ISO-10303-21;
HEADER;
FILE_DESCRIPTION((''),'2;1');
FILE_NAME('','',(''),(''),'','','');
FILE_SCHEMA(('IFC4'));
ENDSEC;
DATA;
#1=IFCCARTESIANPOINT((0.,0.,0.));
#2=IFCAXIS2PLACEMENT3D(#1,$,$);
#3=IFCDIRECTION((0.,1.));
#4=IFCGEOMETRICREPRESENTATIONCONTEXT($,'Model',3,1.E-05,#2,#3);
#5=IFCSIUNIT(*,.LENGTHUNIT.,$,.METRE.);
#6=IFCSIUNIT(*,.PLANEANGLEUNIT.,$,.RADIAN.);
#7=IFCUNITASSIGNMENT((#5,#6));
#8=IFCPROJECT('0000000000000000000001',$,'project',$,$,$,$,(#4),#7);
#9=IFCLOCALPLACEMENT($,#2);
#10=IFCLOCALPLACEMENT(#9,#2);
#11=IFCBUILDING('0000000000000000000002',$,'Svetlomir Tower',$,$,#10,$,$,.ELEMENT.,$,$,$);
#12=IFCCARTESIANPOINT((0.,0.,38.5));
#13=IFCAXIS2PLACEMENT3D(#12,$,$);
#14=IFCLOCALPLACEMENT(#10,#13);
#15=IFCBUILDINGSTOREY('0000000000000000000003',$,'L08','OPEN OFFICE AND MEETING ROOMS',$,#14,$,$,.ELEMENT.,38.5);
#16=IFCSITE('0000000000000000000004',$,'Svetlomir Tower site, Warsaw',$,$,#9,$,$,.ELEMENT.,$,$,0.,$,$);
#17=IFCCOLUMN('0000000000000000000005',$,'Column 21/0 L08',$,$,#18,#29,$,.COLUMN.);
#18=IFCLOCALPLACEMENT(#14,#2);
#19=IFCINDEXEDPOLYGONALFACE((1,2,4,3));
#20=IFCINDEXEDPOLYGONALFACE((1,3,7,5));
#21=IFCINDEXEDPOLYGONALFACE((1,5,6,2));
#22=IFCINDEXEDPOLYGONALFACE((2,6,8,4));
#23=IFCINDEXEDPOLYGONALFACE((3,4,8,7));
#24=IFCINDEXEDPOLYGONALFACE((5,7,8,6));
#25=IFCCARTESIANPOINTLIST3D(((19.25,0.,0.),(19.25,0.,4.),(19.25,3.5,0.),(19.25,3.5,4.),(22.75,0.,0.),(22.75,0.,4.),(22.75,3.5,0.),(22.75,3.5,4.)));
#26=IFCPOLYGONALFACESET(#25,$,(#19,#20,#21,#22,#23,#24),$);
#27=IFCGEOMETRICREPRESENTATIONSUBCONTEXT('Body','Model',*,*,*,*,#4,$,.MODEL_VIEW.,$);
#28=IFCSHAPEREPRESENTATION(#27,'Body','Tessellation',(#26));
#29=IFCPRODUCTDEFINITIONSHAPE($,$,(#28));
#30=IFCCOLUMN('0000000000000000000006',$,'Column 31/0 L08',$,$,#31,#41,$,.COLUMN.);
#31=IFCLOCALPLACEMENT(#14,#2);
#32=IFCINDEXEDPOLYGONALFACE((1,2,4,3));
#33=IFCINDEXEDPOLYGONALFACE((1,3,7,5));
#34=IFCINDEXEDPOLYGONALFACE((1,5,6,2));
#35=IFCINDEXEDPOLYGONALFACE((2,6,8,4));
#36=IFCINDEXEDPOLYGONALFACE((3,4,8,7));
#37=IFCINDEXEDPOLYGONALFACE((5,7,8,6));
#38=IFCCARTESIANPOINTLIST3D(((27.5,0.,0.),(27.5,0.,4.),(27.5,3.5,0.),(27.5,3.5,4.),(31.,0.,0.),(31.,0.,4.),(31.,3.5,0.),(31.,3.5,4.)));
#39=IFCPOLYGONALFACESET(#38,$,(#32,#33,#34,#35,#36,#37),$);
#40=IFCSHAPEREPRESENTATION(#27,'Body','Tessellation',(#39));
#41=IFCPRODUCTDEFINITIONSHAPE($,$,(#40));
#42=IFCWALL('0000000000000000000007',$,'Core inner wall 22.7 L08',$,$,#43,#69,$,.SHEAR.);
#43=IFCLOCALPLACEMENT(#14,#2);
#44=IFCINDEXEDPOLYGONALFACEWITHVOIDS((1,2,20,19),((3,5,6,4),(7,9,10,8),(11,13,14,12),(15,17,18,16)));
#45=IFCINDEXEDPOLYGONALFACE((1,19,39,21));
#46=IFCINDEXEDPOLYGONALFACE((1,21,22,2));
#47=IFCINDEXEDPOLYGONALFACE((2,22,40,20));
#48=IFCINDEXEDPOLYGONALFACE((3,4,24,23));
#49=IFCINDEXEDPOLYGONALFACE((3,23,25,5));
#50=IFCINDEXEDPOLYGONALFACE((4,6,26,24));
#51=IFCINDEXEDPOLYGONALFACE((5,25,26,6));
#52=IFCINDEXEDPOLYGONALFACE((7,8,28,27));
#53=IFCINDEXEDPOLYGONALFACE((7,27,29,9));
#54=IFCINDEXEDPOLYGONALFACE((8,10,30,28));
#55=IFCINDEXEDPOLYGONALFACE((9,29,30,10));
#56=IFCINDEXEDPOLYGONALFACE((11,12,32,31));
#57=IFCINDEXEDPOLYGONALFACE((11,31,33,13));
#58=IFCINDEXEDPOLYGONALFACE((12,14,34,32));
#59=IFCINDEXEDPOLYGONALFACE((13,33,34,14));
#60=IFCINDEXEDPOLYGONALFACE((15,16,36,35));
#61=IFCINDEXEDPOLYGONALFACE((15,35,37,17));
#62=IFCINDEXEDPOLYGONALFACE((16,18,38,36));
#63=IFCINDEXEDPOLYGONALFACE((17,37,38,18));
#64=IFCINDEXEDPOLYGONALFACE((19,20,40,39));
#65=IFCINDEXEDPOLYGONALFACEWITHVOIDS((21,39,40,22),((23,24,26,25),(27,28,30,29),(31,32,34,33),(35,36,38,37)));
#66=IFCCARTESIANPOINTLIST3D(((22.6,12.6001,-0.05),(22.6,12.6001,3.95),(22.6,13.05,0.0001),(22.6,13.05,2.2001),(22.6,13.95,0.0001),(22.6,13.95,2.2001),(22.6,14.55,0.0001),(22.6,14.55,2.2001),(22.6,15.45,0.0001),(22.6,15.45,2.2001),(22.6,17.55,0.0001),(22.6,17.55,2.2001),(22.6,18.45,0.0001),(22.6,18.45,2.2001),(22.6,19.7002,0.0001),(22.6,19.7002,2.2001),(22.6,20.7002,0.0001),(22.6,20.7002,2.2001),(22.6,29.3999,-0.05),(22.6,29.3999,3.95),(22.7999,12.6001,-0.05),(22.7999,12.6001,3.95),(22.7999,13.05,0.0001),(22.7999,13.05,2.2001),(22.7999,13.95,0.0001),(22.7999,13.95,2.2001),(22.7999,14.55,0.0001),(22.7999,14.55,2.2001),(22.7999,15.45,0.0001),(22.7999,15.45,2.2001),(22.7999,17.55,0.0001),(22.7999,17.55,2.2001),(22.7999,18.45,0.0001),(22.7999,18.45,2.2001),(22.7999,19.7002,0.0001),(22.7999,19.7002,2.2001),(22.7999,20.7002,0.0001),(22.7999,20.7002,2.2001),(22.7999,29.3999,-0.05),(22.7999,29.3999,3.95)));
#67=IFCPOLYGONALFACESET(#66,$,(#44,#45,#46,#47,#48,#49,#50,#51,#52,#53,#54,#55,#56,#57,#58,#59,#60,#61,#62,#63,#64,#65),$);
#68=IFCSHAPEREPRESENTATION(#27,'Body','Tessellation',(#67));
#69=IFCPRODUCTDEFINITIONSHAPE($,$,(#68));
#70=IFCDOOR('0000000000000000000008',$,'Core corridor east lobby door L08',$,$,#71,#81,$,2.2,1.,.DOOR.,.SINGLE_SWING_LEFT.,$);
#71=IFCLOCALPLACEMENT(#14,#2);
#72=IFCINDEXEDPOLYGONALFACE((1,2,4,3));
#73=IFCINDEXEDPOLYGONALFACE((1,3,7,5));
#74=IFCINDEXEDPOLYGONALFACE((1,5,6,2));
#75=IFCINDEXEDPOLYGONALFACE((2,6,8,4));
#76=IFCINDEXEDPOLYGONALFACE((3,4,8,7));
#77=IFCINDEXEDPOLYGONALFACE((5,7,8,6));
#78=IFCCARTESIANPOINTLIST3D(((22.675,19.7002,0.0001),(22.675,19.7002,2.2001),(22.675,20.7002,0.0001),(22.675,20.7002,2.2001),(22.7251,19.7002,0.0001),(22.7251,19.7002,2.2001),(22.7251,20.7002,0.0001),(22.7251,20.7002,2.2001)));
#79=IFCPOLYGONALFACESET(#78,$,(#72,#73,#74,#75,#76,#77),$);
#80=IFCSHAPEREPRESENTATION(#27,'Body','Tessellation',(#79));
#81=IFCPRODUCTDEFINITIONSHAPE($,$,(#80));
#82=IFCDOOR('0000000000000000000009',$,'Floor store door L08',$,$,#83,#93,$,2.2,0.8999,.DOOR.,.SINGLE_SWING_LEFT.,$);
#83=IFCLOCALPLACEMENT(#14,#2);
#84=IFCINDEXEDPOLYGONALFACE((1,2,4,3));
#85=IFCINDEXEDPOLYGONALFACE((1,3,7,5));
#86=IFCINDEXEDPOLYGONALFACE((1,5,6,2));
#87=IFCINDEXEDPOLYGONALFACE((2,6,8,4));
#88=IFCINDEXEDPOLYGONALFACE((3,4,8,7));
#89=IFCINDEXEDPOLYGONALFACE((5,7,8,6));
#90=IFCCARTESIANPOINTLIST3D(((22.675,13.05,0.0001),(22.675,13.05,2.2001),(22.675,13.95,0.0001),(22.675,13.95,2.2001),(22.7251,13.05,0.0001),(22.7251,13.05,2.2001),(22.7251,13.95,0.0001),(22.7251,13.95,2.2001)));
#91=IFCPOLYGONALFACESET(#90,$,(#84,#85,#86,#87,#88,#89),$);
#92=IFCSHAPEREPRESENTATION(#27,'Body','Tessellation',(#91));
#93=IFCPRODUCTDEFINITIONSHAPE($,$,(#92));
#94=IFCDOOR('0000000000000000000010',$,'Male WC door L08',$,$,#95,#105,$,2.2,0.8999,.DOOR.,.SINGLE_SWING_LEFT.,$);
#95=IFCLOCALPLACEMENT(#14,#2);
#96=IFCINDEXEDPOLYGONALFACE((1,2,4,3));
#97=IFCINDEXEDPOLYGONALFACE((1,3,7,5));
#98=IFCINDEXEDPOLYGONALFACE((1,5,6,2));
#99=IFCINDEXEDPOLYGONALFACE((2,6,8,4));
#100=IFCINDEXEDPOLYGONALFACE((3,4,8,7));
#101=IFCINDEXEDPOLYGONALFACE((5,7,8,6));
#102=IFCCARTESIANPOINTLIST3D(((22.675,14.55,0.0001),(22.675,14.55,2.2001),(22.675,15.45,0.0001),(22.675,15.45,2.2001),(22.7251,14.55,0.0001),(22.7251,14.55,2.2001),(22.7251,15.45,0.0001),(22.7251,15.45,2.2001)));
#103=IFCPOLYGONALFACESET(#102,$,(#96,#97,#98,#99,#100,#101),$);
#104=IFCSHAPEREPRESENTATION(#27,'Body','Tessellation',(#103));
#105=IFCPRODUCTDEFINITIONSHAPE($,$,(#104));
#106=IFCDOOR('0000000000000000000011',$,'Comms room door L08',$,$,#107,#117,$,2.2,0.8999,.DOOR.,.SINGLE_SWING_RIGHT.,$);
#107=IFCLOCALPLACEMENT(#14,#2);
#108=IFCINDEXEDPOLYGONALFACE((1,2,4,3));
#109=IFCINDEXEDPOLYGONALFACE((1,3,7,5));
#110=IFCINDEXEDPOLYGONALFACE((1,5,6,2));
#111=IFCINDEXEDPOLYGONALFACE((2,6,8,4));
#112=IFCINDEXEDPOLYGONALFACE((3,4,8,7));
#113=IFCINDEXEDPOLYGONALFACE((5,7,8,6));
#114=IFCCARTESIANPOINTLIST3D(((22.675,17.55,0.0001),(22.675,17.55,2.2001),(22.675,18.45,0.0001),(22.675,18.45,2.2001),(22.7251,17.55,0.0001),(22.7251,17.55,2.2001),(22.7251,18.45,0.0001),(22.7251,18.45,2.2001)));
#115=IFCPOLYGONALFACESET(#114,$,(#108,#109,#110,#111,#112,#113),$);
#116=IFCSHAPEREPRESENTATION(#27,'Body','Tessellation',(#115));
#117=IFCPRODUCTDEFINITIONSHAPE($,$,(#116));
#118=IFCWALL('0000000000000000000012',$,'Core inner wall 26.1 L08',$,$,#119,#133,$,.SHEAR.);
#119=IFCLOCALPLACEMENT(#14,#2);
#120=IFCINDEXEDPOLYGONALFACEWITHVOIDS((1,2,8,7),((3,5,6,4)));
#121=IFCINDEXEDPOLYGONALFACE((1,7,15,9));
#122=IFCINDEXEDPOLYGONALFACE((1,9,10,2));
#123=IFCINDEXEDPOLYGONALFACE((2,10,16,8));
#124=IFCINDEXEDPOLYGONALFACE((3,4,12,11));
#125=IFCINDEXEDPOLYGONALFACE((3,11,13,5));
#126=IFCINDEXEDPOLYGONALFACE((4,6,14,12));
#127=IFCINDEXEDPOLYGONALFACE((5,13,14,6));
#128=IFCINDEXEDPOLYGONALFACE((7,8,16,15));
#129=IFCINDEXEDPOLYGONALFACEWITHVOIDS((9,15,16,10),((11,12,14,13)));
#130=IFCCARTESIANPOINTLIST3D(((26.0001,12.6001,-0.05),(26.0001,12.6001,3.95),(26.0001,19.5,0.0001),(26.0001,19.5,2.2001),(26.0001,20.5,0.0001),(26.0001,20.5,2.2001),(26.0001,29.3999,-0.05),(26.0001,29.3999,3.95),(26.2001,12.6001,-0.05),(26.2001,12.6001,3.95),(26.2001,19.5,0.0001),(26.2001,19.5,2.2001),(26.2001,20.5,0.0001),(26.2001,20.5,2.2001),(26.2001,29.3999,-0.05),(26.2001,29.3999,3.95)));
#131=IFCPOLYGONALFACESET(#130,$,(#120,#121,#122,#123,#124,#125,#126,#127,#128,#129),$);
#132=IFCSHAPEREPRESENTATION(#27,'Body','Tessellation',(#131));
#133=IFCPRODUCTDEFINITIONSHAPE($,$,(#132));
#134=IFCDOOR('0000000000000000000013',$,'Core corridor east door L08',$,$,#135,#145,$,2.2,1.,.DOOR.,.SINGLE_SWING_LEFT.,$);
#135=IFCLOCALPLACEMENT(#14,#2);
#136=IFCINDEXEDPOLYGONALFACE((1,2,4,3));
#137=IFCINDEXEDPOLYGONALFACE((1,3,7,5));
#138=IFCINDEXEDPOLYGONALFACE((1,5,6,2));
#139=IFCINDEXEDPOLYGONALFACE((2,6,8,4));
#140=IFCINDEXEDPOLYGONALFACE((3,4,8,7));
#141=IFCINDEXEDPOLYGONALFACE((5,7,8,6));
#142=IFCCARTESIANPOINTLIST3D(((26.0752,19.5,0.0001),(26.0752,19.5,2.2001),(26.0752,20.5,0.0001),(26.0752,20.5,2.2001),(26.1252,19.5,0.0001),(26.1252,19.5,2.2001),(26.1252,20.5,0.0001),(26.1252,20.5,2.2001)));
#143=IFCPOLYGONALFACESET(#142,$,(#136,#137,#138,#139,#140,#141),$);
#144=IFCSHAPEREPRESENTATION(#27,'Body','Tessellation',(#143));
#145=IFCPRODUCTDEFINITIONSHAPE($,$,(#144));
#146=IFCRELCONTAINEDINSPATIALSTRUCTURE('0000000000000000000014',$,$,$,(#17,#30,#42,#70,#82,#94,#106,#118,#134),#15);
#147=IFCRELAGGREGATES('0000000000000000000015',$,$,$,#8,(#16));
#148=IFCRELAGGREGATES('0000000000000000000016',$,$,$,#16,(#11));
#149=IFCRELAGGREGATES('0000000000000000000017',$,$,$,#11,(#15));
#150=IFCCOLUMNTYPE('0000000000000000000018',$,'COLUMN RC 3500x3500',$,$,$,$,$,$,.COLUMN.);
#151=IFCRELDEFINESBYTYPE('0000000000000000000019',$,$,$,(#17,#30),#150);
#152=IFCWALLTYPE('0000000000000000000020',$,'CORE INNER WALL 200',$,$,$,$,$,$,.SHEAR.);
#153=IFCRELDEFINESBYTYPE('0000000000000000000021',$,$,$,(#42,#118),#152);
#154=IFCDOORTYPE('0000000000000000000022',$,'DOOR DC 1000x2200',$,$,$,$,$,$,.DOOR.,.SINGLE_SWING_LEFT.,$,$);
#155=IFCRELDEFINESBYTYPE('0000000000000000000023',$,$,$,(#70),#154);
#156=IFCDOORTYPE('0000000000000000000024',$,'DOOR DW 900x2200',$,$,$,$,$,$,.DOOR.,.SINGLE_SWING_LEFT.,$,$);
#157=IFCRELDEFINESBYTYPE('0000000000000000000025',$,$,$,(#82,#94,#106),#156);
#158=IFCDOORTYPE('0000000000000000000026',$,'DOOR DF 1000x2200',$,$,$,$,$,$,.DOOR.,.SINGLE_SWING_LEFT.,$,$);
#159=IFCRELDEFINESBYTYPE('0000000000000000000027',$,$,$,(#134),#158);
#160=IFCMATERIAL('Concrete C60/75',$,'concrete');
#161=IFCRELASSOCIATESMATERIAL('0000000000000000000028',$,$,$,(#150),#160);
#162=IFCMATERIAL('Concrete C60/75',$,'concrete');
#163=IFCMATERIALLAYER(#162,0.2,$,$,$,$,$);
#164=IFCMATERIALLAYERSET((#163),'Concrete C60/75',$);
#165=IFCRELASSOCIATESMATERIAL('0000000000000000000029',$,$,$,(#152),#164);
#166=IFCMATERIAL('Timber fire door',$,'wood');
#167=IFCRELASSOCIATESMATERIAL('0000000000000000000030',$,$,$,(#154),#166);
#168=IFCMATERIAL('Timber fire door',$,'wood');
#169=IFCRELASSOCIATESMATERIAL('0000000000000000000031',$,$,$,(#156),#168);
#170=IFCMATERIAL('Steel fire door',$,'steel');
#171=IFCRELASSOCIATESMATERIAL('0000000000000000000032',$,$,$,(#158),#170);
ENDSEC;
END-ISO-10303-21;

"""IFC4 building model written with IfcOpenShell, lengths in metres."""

from ifc_helpers import new_model, si_unit, direction, frame, frame_2d, origin, origin_2d, place, context, subcontext, project, spatial, rectangle, extrude, material, layer, layer_set, material_profile, profile_set, type_object, element, fill, save


model = new_model("IFC4")

# Units and contexts
model_context = context("Model", 3, precision=1e-05, world=origin(), true_north=direction((0.0, 1.0)))
body_context = subcontext(model_context, "Body", "Model", "MODEL_VIEW")
ifc_project = project(units=[si_unit("LENGTHUNIT", "METRE"), si_unit("PLANEANGLEUNIT", "RADIAN")], contexts=[model_context])

# Site, building, storey
site_placement = place(None, origin())
site = spatial("IfcSite", under=ifc_project, at=site_placement, Name="Svetlomir Tower site, Warsaw", CompositionType="ELEMENT", RefElevation=0.0)
building_placement = place(site_placement, origin())
building = spatial("IfcBuilding", under=site, at=building_placement, Name="Svetlomir Tower", CompositionType="ELEMENT")
storey_placement = place(building_placement, frame((0.0, 0.0, 38.5)))
storey = spatial("IfcBuildingStorey", under=building, at=storey_placement, Name="L08", Description="OPEN OFFICE AND MEETING ROOMS", CompositionType="ELEMENT", Elevation=38.5)

# Columns
ifc_material_1 = material(Name="Concrete C60/75", Category="concrete")
ifc_material_profile = material_profile(ifc_material_1, rectangle(XDim=3.5, YDim=3.5, at=origin_2d()), Name="RC 3500x3500")
ifc_profile_set = profile_set([ifc_material_profile], Name="Concrete C60/75")
column_type = type_object("IfcColumnType", Name="COLUMN RC 3500x3500", PredefinedType="COLUMN", material=ifc_profile_set)
for number, where, z_axis, x_axis, name in (
    (1, (21.0, 1.75, 0.0), (0.0, 0.0, 1.0), (1.0, 0.0, 0.0), "Column 21/0 L08"),
    (2, (29.25, 1.75, 0.0), (0.0, 0.0, 1.0), (1.0, 0.0, 0.0), "Column 31/0 L08"),
):
    element("IfcColumn", number, at=place(storey_placement, frame(where, z_axis=z_axis, x_axis=x_axis)), inside=storey, type_object=column_type, Name=name, PredefinedType="COLUMN", context=body_context, shape_type="SweptSolid", body=[
        extrude(rectangle(XDim=3.5, YDim=3.5, at=origin_2d()), origin(), (0.0, 0.0, 1.0), 4.0),
    ])

# Wall, openings, doors
ifc_material_2 = material(Name="Concrete C60/75", Category="concrete")
ifc_layer_1 = layer(ifc_material_2, 0.2)
ifc_layer_set_1 = layer_set([ifc_layer_1], Name="Concrete C60/75")
wall_type_1 = type_object("IfcWallType", Name="CORE INNER WALL 200", PredefinedType="SHEAR", material=ifc_layer_set_1)
wall_1_placement = place(storey_placement, frame((22.7, 12.6001, -0.05), z_axis=(0.0, 0.0, 1.0), x_axis=(0.0, 1.0, 0.0)))
wall_1 = element("IfcWall", 3, at=wall_1_placement, inside=storey, type_object=wall_type_1, Name="Core inner wall 22.7 L08", PredefinedType="SHEAR", context=body_context, shape_type="SweptSolid", body=[
    extrude(rectangle(XDim=16.7998, YDim=0.2, at=frame_2d((8.3999, 0.0))), origin(), (0.0, 0.0, 1.0), 4.0),
])
opening_1_placement = place(wall_1_placement, frame((0.45, 0.0, 0.05)))
opening_1 = element("IfcOpeningElement", 4, at=opening_1_placement, cuts=wall_1, PredefinedType="OPENING", context=body_context, shape_type="SweptSolid", body=[
    extrude(rectangle(XDim=0.8999, YDim=2.2, at=frame_2d((0.45, 1.1001))), frame((0.0, 0.1099, 0.0), z_axis=(0.0, -1.0, 0.0), x_axis=(1.0, 0.0, 0.0)), (0.0, 0.0, 1.0), 0.22),
])
opening_2_placement = place(wall_1_placement, frame((7.1001, 0.0, 0.05)))
opening_2 = element("IfcOpeningElement", 5, at=opening_2_placement, cuts=wall_1, PredefinedType="OPENING", context=body_context, shape_type="SweptSolid", body=[
    extrude(rectangle(XDim=1.0, YDim=2.2, at=frame_2d((0.5, 1.1001))), frame((0.0, 0.1099, 0.0), z_axis=(0.0, -1.0, 0.0), x_axis=(1.0, 0.0, 0.0)), (0.0, 0.0, 1.0), 0.22),
])
opening_3_placement = place(wall_1_placement, frame((1.95, 0.0, 0.05)))
opening_3 = element("IfcOpeningElement", 6, at=opening_3_placement, cuts=wall_1, PredefinedType="OPENING", context=body_context, shape_type="SweptSolid", body=[
    extrude(rectangle(XDim=0.8999, YDim=2.2, at=frame_2d((0.45, 1.1001))), frame((0.0, 0.1099, 0.0), z_axis=(0.0, -1.0, 0.0), x_axis=(1.0, 0.0, 0.0)), (0.0, 0.0, 1.0), 0.22),
])
opening_4_placement = place(wall_1_placement, frame((4.95, 0.0, 0.05)))
opening_4 = element("IfcOpeningElement", 7, at=opening_4_placement, cuts=wall_1, PredefinedType="OPENING", context=body_context, shape_type="SweptSolid", body=[
    extrude(rectangle(XDim=0.8999, YDim=2.2, at=frame_2d((0.45, 1.1001))), frame((0.0, 0.1099, 0.0), z_axis=(0.0, -1.0, 0.0), x_axis=(1.0, 0.0, 0.0)), (0.0, 0.0, 1.0), 0.22),
])
ifc_material_3 = material(Name="Timber fire door", Category="wood")
door_type_1 = type_object("IfcDoorType", Name="DOOR DC 1000x2200", OperationType="SINGLE_SWING_LEFT", PredefinedType="DOOR", material=ifc_material_3)
door_1_placement = place(opening_2_placement, origin())
door_1 = element("IfcDoor", 8, at=door_1_placement, inside=storey, type_object=door_type_1, Name="Core corridor east lobby door L08", OperationType="SINGLE_SWING_LEFT", OverallHeight=2.2, OverallWidth=1.0, PredefinedType="DOOR", context=body_context, shape_type="SweptSolid", body=[
    extrude(rectangle(XDim=1.0, YDim=2.2, at=frame_2d((0.5, 1.1001))), frame((0.0, 0.0249, 0.0), z_axis=(0.0, -1.0, 0.0), x_axis=(1.0, 0.0, 0.0)), (0.0, 0.0, 1.0), 0.05),
])
fill(opening_2, door_1)
ifc_material_4 = material(Name="Timber fire door", Category="wood")
door_type_2 = type_object("IfcDoorType", Name="DOOR DW 900x2200", OperationType="SINGLE_SWING_LEFT", PredefinedType="DOOR", material=ifc_material_4)
door_2_placement = place(opening_1_placement, origin())
door_2 = element("IfcDoor", 9, at=door_2_placement, inside=storey, type_object=door_type_2, Name="Floor store door L08", OperationType="SINGLE_SWING_LEFT", OverallHeight=2.2, OverallWidth=0.8999, PredefinedType="DOOR", context=body_context, shape_type="SweptSolid", body=[
    extrude(rectangle(XDim=0.8999, YDim=2.2, at=frame_2d((0.45, 1.1001))), frame((0.0, 0.0249, 0.0), z_axis=(0.0, -1.0, 0.0), x_axis=(1.0, 0.0, 0.0)), (0.0, 0.0, 1.0), 0.05),
])
fill(opening_1, door_2)
door_3_placement = place(opening_3_placement, origin())
door_3 = element("IfcDoor", 10, at=door_3_placement, inside=storey, type_object=door_type_2, Name="Male WC door L08", OperationType="SINGLE_SWING_LEFT", OverallHeight=2.2, OverallWidth=0.8999, PredefinedType="DOOR", context=body_context, shape_type="SweptSolid", body=[
    extrude(rectangle(XDim=0.8999, YDim=2.2, at=frame_2d((0.45, 1.1001))), frame((0.0, 0.0249, 0.0), z_axis=(0.0, -1.0, 0.0), x_axis=(1.0, 0.0, 0.0)), (0.0, 0.0, 1.0), 0.05),
])
fill(opening_3, door_3)
door_4_placement = place(opening_4_placement, origin())
door_4 = element("IfcDoor", 11, at=door_4_placement, inside=storey, type_object=door_type_2, Name="Comms room door L08", OperationType="SINGLE_SWING_RIGHT", OverallHeight=2.2, OverallWidth=0.8999, PredefinedType="DOOR", context=body_context, shape_type="SweptSolid", body=[
    extrude(rectangle(XDim=0.8999, YDim=2.2, at=frame_2d((0.45, 1.1001))), frame((0.0, 0.0249, 0.0), z_axis=(0.0, -1.0, 0.0), x_axis=(1.0, 0.0, 0.0)), (0.0, 0.0, 1.0), 0.05),
])
fill(opening_4, door_4)

# Wall, opening, door
wall_2_placement = place(storey_placement, frame((26.1001, 12.6001, -0.05), z_axis=(0.0, 0.0, 1.0), x_axis=(0.0, 1.0, 0.0)))
wall_2 = element("IfcWall", 12, at=wall_2_placement, inside=storey, type_object=wall_type_1, Name="Core inner wall 26.1 L08", PredefinedType="SHEAR", context=body_context, shape_type="SweptSolid", body=[
    extrude(rectangle(XDim=16.7998, YDim=0.2, at=frame_2d((8.3999, 0.0))), origin(), (0.0, 0.0, 1.0), 4.0),
])
opening_5_placement = place(wall_2_placement, frame((6.8999, 0.0, 0.05)))
opening_5 = element("IfcOpeningElement", 13, at=opening_5_placement, cuts=wall_2, PredefinedType="OPENING", context=body_context, shape_type="SweptSolid", body=[
    extrude(rectangle(XDim=1.0, YDim=2.2, at=frame_2d((0.5, 1.1001))), frame((0.0, 0.1099, 0.0), z_axis=(0.0, -1.0, 0.0), x_axis=(1.0, 0.0, 0.0)), (0.0, 0.0, 1.0), 0.22),
])
ifc_material_5 = material(Name="Steel fire door", Category="steel")
door_type_3 = type_object("IfcDoorType", Name="DOOR DF 1000x2200", OperationType="SINGLE_SWING_LEFT", PredefinedType="DOOR", material=ifc_material_5)
door_5_placement = place(opening_5_placement, origin())
door_5 = element("IfcDoor", 14, at=door_5_placement, inside=storey, type_object=door_type_3, Name="Core corridor east door L08", OperationType="SINGLE_SWING_LEFT", OverallHeight=2.2, OverallWidth=1.0, PredefinedType="DOOR", context=body_context, shape_type="SweptSolid", body=[
    extrude(rectangle(XDim=1.0, YDim=2.2, at=frame_2d((0.5, 1.1001))), frame((0.0, 0.0249, 0.0), z_axis=(0.0, -1.0, 0.0), x_axis=(1.0, 0.0, 0.0)), (0.0, 0.0, 1.0), 0.05),
])
fill(opening_5, door_5)

save(model, "model.ifc")
